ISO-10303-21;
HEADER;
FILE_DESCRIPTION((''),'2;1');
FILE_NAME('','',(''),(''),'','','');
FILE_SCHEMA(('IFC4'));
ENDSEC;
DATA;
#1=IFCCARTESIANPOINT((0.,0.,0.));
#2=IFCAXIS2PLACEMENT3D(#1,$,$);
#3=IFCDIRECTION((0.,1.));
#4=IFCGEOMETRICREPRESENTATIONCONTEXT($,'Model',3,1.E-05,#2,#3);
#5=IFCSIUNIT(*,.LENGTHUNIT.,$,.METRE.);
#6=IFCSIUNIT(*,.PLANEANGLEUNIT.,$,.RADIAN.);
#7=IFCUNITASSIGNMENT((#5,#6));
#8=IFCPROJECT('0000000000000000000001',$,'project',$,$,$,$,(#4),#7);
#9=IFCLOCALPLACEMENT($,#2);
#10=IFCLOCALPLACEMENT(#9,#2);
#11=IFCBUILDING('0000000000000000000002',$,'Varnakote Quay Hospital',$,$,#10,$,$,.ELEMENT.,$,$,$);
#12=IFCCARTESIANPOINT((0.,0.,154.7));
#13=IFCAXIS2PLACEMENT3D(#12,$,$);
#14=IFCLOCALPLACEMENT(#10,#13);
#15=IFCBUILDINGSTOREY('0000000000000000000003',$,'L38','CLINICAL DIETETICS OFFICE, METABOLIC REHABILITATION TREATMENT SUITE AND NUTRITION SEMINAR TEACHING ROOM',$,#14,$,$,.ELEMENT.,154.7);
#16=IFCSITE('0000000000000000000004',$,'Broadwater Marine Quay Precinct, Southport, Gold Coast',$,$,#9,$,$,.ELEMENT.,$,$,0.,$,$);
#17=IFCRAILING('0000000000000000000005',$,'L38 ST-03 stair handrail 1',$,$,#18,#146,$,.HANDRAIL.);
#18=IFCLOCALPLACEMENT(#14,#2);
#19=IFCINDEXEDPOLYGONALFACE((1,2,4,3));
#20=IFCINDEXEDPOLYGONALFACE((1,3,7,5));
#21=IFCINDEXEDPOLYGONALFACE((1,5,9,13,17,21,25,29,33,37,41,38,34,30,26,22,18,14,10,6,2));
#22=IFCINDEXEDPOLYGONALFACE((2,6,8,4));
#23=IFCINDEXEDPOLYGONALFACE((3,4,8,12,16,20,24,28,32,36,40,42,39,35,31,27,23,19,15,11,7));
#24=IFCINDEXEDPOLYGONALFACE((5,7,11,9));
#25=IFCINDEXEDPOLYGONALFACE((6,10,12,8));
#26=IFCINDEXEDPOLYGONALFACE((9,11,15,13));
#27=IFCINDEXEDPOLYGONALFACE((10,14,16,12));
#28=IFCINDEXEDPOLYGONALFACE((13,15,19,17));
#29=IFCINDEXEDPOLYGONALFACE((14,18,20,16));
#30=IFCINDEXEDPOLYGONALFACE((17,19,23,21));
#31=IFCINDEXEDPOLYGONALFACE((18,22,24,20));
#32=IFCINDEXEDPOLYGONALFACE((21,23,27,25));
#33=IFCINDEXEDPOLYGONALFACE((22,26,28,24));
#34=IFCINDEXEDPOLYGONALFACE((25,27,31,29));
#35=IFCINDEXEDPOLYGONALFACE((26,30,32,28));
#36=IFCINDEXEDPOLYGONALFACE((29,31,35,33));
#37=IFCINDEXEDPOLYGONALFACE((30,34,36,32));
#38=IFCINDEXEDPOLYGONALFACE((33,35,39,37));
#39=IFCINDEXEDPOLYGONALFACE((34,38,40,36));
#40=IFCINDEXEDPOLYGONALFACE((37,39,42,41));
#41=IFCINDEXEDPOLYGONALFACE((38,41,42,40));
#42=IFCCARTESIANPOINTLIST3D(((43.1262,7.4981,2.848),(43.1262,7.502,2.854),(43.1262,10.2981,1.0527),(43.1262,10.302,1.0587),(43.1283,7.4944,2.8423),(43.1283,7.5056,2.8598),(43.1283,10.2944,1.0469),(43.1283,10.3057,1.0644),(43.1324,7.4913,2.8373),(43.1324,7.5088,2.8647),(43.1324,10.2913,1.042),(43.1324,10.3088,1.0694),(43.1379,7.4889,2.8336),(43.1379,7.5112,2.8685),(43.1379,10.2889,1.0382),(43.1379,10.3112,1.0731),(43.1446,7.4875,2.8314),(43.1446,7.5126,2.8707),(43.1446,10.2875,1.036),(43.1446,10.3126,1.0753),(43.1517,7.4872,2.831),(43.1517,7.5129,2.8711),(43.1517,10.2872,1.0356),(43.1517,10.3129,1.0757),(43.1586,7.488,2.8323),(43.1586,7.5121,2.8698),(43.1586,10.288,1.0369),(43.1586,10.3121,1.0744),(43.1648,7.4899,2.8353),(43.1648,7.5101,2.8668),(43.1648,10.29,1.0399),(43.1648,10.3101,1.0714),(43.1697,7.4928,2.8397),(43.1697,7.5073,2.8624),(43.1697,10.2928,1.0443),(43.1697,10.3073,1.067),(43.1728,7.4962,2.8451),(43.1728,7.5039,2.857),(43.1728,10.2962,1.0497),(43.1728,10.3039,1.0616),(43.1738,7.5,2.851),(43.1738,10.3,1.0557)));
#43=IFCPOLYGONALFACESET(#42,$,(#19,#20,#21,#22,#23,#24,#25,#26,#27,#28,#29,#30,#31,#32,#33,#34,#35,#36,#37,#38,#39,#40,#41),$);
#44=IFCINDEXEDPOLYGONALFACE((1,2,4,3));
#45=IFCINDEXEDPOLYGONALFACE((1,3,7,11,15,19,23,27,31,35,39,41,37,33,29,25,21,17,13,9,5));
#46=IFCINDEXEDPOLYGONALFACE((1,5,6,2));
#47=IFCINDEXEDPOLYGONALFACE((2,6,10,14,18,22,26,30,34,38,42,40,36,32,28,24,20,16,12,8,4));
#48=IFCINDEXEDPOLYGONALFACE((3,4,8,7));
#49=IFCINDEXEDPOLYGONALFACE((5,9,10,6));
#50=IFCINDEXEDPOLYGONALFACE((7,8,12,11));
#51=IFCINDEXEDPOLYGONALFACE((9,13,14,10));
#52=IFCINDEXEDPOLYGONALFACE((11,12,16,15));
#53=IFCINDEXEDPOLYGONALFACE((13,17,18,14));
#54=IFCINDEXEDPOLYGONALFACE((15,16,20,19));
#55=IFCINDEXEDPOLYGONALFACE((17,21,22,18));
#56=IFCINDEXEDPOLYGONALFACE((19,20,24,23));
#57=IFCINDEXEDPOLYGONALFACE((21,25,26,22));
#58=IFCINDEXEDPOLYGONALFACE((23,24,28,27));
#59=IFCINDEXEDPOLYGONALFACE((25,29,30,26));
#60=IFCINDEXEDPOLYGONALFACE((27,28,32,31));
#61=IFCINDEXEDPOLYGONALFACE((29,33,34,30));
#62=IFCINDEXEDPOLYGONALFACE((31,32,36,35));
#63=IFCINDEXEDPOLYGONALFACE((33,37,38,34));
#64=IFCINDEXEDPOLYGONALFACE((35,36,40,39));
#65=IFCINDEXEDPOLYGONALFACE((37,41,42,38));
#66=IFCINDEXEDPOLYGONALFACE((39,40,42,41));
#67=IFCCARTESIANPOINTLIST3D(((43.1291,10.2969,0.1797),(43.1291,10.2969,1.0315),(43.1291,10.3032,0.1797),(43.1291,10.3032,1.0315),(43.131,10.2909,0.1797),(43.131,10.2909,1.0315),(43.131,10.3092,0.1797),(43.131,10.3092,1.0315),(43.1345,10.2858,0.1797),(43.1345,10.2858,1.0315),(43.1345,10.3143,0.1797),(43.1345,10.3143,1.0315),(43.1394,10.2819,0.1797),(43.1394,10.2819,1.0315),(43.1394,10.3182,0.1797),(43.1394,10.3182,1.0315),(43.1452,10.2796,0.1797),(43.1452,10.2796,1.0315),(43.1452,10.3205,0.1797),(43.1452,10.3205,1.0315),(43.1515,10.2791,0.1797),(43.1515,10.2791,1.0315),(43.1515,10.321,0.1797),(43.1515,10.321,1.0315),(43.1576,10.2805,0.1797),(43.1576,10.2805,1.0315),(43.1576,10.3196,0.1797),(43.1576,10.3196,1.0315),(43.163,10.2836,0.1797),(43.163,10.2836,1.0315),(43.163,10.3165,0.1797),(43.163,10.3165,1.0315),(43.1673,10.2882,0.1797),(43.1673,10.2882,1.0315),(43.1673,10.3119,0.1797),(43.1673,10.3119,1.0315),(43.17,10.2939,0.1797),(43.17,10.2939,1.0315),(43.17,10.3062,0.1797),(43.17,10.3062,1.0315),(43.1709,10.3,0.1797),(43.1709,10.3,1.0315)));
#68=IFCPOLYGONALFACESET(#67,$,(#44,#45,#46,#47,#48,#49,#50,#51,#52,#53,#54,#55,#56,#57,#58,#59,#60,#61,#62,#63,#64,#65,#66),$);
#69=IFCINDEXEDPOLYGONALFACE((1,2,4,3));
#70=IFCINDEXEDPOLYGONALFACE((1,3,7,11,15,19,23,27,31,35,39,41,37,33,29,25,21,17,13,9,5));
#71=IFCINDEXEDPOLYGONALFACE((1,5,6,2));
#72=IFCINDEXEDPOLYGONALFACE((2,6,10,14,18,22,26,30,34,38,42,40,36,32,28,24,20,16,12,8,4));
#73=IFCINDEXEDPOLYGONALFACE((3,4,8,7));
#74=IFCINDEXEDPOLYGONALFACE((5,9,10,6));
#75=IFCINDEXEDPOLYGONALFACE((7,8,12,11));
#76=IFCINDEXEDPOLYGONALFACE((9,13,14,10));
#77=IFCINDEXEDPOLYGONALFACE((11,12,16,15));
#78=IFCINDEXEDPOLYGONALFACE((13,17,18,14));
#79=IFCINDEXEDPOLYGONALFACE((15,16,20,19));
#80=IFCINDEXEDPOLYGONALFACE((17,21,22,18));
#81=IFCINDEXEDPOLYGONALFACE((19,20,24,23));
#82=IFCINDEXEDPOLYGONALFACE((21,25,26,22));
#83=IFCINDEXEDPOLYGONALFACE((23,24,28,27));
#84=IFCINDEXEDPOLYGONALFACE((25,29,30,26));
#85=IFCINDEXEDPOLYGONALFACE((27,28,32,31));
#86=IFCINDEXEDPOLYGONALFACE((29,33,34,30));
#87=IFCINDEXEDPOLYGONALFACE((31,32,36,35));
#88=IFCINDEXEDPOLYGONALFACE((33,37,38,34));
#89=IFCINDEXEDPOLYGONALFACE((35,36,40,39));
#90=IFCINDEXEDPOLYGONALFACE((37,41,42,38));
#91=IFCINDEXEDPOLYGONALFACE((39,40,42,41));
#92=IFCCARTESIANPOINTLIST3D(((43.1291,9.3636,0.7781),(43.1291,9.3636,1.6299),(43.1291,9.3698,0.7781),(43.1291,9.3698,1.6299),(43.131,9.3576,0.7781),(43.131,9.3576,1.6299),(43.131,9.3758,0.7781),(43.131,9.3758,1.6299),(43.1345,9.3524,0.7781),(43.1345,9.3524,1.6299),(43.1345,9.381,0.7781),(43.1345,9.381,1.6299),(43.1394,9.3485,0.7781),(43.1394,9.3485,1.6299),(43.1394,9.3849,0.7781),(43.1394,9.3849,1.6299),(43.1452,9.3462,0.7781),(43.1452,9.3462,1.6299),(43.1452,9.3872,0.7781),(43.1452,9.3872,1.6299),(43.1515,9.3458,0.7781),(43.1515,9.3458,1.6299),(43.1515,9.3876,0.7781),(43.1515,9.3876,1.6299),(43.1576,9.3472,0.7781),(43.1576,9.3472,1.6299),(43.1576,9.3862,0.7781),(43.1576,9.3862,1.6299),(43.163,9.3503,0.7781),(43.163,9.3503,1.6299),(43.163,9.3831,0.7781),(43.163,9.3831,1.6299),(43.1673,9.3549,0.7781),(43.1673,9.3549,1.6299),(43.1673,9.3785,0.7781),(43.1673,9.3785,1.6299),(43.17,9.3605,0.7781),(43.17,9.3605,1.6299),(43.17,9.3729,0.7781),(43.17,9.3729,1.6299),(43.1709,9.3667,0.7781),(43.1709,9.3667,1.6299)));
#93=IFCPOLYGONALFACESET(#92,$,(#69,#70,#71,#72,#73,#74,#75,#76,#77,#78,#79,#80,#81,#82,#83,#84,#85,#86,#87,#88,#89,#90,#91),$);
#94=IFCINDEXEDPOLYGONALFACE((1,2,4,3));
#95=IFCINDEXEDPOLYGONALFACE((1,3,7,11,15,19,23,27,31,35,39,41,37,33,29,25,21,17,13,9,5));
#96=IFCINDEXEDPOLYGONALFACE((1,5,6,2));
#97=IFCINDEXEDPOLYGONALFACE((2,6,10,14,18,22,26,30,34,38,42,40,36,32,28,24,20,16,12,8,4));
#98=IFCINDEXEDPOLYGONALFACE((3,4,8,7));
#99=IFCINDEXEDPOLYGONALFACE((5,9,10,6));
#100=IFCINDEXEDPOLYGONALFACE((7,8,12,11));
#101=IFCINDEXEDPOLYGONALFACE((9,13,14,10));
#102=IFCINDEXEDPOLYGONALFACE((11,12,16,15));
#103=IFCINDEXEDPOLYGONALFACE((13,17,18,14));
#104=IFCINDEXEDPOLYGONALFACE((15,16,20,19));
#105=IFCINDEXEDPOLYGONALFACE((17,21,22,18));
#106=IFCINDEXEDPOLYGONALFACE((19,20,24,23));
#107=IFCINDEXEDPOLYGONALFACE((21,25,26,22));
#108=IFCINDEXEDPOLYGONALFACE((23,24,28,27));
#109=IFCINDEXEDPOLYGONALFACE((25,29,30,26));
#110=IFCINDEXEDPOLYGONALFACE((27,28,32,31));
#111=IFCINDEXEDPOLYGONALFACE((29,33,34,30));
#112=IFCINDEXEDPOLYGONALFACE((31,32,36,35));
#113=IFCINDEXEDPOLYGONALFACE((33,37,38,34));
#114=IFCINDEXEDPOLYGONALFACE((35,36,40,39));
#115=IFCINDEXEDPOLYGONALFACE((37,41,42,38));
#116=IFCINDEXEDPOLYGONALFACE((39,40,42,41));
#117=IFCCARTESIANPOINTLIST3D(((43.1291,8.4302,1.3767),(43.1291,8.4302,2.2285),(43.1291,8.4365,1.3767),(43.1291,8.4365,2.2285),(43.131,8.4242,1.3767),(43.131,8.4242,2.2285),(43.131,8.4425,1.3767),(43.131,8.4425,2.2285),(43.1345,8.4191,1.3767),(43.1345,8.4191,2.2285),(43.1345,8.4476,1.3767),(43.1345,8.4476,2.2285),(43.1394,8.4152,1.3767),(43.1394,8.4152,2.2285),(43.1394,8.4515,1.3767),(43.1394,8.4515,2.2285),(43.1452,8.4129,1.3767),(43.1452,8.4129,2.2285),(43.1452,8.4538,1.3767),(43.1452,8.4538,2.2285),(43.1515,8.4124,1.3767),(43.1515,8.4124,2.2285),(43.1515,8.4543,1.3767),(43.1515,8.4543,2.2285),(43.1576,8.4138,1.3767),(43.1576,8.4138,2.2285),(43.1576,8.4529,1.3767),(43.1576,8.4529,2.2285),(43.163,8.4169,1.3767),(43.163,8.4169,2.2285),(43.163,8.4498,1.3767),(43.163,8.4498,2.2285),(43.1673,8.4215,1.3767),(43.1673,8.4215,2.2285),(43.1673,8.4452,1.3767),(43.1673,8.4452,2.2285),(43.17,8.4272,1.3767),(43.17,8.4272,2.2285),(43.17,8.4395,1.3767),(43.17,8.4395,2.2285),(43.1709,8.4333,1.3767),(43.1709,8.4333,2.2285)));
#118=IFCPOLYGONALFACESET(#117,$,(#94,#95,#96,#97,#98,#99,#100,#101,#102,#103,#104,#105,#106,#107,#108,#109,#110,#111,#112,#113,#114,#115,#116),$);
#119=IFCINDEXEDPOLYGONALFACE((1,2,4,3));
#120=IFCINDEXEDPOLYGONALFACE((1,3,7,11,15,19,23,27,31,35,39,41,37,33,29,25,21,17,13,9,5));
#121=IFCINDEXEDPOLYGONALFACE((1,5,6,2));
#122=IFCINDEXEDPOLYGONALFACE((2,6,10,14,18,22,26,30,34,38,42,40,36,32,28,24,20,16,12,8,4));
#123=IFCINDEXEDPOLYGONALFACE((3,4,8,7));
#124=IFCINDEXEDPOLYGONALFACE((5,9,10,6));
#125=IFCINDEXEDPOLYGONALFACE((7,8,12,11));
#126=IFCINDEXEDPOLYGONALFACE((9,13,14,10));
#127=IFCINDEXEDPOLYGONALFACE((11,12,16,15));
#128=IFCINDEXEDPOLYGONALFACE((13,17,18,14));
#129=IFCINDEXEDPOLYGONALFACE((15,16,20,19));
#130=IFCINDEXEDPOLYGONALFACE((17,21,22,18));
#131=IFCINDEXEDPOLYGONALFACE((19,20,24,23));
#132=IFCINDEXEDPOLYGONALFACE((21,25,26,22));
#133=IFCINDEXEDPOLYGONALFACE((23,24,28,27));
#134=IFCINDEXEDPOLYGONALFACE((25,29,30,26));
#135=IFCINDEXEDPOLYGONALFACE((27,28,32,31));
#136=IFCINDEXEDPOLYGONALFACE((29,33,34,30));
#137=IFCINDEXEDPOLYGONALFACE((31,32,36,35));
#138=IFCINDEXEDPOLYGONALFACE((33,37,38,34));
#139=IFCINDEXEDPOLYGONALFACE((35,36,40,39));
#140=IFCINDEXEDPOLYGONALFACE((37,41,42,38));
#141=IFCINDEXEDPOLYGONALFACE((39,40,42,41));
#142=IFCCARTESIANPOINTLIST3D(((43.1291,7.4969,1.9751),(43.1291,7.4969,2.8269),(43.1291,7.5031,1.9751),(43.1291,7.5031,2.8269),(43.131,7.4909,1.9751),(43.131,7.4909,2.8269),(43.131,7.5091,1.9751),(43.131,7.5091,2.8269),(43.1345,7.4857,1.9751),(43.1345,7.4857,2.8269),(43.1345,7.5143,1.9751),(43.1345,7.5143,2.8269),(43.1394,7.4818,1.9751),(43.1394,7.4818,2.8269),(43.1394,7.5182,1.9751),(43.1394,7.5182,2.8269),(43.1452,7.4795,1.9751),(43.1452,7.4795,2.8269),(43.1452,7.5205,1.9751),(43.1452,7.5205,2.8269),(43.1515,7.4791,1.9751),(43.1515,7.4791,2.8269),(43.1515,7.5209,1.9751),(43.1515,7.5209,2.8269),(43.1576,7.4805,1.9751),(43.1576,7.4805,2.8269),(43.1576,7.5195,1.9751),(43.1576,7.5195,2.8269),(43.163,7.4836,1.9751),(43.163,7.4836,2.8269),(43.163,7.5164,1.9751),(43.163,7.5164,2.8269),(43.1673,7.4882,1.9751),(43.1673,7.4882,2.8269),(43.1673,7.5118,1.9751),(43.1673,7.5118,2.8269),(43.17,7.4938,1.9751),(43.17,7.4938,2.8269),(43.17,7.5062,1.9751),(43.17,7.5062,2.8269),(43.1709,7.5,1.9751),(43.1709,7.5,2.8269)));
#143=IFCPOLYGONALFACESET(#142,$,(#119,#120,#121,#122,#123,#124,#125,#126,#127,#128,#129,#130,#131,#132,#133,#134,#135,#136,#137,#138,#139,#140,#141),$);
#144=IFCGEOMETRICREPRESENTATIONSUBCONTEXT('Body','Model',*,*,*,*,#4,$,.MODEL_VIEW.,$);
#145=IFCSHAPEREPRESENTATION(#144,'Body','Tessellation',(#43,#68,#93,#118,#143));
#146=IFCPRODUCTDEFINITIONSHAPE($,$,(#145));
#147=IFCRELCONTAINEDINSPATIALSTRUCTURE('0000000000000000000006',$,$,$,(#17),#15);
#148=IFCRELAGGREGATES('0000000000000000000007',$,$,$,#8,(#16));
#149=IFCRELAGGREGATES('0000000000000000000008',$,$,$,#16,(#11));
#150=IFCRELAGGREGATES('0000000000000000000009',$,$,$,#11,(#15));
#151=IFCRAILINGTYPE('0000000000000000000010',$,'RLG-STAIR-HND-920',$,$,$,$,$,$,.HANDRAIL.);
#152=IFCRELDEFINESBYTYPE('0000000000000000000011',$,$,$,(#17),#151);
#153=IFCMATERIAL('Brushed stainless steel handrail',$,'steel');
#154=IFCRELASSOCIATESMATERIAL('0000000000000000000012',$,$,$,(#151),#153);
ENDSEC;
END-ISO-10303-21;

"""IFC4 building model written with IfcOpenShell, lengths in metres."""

from ifc_helpers import new_model, si_unit, direction, frame, origin, origin_2d, place, context, subcontext, project, spatial, circle, extrude, material, type_object, element, save


model = new_model("IFC4")

# Units and contexts
model_context = context("Model", 3, precision=1e-05, world=origin(), true_north=direction((0.0, 1.0)))
body_context = subcontext(model_context, "Body", "Model", "MODEL_VIEW")
ifc_project = project(units=[si_unit("LENGTHUNIT", "METRE"), si_unit("PLANEANGLEUNIT", "RADIAN")], contexts=[model_context])

# Site, building, storey
site_placement = place(None, origin())
site = spatial("IfcSite", under=ifc_project, at=site_placement, Name="Broadwater Marine Quay Precinct, Southport, Gold Coast", CompositionType="ELEMENT", RefElevation=0.0)
building_placement = place(site_placement, origin())
building = spatial("IfcBuilding", under=site, at=building_placement, Name="Varnakote Quay Hospital", CompositionType="ELEMENT")
storey_placement = place(building_placement, frame((0.0, 0.0, 154.7)))
storey = spatial("IfcBuildingStorey", under=building, at=storey_placement, Name="L38", Description="CLINICAL DIETETICS OFFICE, METABOLIC REHABILITATION TREATMENT SUITE AND NUTRITION SEMINAR TEACHING ROOM", CompositionType="ELEMENT", Elevation=154.7)

# Railing
ifc_material_1 = material(Name="Brushed stainless steel handrail", Category="steel")
railing_type_1 = type_object("IfcRailingType", Name="RLG-STAIR-HND-920", PredefinedType="HANDRAIL", material=ifc_material_1)
railing_1_placement = place(storey_placement, frame((43.1499, 10.3, 0.1797)))
element("IfcRailing", 1, at=railing_1_placement, inside=storey, type_object=railing_type_1, Name="L38 ST-03 stair handrail 1", PredefinedType="HANDRAIL", context=body_context, shape_type="SweptSolid", body=[
    extrude(circle(Radius=0.0239, at=origin_2d()), frame((0.0, 0.0, 0.876), z_axis=(0.0, -0.84181, 0.539774), x_axis=(1.0, 0.0, 0.0)), (0.0, 0.0, 1.0), 3.3262),
    extrude(circle(Radius=0.021, at=origin_2d()), origin(), (0.0, 0.0, 1.0), 0.8518),
    extrude(circle(Radius=0.021, at=origin_2d()), frame((0.0, -0.9333, 0.5984)), (0.0, 0.0, 1.0), 0.8518),
    extrude(circle(Radius=0.021, at=origin_2d()), frame((0.0, -1.8667, 1.197)), (0.0, 0.0, 1.0), 0.8518),
    extrude(circle(Radius=0.021, at=origin_2d()), frame((0.0, -2.8, 1.7954)), (0.0, 0.0, 1.0), 0.8518),
])

save(model, "model.ifc")
